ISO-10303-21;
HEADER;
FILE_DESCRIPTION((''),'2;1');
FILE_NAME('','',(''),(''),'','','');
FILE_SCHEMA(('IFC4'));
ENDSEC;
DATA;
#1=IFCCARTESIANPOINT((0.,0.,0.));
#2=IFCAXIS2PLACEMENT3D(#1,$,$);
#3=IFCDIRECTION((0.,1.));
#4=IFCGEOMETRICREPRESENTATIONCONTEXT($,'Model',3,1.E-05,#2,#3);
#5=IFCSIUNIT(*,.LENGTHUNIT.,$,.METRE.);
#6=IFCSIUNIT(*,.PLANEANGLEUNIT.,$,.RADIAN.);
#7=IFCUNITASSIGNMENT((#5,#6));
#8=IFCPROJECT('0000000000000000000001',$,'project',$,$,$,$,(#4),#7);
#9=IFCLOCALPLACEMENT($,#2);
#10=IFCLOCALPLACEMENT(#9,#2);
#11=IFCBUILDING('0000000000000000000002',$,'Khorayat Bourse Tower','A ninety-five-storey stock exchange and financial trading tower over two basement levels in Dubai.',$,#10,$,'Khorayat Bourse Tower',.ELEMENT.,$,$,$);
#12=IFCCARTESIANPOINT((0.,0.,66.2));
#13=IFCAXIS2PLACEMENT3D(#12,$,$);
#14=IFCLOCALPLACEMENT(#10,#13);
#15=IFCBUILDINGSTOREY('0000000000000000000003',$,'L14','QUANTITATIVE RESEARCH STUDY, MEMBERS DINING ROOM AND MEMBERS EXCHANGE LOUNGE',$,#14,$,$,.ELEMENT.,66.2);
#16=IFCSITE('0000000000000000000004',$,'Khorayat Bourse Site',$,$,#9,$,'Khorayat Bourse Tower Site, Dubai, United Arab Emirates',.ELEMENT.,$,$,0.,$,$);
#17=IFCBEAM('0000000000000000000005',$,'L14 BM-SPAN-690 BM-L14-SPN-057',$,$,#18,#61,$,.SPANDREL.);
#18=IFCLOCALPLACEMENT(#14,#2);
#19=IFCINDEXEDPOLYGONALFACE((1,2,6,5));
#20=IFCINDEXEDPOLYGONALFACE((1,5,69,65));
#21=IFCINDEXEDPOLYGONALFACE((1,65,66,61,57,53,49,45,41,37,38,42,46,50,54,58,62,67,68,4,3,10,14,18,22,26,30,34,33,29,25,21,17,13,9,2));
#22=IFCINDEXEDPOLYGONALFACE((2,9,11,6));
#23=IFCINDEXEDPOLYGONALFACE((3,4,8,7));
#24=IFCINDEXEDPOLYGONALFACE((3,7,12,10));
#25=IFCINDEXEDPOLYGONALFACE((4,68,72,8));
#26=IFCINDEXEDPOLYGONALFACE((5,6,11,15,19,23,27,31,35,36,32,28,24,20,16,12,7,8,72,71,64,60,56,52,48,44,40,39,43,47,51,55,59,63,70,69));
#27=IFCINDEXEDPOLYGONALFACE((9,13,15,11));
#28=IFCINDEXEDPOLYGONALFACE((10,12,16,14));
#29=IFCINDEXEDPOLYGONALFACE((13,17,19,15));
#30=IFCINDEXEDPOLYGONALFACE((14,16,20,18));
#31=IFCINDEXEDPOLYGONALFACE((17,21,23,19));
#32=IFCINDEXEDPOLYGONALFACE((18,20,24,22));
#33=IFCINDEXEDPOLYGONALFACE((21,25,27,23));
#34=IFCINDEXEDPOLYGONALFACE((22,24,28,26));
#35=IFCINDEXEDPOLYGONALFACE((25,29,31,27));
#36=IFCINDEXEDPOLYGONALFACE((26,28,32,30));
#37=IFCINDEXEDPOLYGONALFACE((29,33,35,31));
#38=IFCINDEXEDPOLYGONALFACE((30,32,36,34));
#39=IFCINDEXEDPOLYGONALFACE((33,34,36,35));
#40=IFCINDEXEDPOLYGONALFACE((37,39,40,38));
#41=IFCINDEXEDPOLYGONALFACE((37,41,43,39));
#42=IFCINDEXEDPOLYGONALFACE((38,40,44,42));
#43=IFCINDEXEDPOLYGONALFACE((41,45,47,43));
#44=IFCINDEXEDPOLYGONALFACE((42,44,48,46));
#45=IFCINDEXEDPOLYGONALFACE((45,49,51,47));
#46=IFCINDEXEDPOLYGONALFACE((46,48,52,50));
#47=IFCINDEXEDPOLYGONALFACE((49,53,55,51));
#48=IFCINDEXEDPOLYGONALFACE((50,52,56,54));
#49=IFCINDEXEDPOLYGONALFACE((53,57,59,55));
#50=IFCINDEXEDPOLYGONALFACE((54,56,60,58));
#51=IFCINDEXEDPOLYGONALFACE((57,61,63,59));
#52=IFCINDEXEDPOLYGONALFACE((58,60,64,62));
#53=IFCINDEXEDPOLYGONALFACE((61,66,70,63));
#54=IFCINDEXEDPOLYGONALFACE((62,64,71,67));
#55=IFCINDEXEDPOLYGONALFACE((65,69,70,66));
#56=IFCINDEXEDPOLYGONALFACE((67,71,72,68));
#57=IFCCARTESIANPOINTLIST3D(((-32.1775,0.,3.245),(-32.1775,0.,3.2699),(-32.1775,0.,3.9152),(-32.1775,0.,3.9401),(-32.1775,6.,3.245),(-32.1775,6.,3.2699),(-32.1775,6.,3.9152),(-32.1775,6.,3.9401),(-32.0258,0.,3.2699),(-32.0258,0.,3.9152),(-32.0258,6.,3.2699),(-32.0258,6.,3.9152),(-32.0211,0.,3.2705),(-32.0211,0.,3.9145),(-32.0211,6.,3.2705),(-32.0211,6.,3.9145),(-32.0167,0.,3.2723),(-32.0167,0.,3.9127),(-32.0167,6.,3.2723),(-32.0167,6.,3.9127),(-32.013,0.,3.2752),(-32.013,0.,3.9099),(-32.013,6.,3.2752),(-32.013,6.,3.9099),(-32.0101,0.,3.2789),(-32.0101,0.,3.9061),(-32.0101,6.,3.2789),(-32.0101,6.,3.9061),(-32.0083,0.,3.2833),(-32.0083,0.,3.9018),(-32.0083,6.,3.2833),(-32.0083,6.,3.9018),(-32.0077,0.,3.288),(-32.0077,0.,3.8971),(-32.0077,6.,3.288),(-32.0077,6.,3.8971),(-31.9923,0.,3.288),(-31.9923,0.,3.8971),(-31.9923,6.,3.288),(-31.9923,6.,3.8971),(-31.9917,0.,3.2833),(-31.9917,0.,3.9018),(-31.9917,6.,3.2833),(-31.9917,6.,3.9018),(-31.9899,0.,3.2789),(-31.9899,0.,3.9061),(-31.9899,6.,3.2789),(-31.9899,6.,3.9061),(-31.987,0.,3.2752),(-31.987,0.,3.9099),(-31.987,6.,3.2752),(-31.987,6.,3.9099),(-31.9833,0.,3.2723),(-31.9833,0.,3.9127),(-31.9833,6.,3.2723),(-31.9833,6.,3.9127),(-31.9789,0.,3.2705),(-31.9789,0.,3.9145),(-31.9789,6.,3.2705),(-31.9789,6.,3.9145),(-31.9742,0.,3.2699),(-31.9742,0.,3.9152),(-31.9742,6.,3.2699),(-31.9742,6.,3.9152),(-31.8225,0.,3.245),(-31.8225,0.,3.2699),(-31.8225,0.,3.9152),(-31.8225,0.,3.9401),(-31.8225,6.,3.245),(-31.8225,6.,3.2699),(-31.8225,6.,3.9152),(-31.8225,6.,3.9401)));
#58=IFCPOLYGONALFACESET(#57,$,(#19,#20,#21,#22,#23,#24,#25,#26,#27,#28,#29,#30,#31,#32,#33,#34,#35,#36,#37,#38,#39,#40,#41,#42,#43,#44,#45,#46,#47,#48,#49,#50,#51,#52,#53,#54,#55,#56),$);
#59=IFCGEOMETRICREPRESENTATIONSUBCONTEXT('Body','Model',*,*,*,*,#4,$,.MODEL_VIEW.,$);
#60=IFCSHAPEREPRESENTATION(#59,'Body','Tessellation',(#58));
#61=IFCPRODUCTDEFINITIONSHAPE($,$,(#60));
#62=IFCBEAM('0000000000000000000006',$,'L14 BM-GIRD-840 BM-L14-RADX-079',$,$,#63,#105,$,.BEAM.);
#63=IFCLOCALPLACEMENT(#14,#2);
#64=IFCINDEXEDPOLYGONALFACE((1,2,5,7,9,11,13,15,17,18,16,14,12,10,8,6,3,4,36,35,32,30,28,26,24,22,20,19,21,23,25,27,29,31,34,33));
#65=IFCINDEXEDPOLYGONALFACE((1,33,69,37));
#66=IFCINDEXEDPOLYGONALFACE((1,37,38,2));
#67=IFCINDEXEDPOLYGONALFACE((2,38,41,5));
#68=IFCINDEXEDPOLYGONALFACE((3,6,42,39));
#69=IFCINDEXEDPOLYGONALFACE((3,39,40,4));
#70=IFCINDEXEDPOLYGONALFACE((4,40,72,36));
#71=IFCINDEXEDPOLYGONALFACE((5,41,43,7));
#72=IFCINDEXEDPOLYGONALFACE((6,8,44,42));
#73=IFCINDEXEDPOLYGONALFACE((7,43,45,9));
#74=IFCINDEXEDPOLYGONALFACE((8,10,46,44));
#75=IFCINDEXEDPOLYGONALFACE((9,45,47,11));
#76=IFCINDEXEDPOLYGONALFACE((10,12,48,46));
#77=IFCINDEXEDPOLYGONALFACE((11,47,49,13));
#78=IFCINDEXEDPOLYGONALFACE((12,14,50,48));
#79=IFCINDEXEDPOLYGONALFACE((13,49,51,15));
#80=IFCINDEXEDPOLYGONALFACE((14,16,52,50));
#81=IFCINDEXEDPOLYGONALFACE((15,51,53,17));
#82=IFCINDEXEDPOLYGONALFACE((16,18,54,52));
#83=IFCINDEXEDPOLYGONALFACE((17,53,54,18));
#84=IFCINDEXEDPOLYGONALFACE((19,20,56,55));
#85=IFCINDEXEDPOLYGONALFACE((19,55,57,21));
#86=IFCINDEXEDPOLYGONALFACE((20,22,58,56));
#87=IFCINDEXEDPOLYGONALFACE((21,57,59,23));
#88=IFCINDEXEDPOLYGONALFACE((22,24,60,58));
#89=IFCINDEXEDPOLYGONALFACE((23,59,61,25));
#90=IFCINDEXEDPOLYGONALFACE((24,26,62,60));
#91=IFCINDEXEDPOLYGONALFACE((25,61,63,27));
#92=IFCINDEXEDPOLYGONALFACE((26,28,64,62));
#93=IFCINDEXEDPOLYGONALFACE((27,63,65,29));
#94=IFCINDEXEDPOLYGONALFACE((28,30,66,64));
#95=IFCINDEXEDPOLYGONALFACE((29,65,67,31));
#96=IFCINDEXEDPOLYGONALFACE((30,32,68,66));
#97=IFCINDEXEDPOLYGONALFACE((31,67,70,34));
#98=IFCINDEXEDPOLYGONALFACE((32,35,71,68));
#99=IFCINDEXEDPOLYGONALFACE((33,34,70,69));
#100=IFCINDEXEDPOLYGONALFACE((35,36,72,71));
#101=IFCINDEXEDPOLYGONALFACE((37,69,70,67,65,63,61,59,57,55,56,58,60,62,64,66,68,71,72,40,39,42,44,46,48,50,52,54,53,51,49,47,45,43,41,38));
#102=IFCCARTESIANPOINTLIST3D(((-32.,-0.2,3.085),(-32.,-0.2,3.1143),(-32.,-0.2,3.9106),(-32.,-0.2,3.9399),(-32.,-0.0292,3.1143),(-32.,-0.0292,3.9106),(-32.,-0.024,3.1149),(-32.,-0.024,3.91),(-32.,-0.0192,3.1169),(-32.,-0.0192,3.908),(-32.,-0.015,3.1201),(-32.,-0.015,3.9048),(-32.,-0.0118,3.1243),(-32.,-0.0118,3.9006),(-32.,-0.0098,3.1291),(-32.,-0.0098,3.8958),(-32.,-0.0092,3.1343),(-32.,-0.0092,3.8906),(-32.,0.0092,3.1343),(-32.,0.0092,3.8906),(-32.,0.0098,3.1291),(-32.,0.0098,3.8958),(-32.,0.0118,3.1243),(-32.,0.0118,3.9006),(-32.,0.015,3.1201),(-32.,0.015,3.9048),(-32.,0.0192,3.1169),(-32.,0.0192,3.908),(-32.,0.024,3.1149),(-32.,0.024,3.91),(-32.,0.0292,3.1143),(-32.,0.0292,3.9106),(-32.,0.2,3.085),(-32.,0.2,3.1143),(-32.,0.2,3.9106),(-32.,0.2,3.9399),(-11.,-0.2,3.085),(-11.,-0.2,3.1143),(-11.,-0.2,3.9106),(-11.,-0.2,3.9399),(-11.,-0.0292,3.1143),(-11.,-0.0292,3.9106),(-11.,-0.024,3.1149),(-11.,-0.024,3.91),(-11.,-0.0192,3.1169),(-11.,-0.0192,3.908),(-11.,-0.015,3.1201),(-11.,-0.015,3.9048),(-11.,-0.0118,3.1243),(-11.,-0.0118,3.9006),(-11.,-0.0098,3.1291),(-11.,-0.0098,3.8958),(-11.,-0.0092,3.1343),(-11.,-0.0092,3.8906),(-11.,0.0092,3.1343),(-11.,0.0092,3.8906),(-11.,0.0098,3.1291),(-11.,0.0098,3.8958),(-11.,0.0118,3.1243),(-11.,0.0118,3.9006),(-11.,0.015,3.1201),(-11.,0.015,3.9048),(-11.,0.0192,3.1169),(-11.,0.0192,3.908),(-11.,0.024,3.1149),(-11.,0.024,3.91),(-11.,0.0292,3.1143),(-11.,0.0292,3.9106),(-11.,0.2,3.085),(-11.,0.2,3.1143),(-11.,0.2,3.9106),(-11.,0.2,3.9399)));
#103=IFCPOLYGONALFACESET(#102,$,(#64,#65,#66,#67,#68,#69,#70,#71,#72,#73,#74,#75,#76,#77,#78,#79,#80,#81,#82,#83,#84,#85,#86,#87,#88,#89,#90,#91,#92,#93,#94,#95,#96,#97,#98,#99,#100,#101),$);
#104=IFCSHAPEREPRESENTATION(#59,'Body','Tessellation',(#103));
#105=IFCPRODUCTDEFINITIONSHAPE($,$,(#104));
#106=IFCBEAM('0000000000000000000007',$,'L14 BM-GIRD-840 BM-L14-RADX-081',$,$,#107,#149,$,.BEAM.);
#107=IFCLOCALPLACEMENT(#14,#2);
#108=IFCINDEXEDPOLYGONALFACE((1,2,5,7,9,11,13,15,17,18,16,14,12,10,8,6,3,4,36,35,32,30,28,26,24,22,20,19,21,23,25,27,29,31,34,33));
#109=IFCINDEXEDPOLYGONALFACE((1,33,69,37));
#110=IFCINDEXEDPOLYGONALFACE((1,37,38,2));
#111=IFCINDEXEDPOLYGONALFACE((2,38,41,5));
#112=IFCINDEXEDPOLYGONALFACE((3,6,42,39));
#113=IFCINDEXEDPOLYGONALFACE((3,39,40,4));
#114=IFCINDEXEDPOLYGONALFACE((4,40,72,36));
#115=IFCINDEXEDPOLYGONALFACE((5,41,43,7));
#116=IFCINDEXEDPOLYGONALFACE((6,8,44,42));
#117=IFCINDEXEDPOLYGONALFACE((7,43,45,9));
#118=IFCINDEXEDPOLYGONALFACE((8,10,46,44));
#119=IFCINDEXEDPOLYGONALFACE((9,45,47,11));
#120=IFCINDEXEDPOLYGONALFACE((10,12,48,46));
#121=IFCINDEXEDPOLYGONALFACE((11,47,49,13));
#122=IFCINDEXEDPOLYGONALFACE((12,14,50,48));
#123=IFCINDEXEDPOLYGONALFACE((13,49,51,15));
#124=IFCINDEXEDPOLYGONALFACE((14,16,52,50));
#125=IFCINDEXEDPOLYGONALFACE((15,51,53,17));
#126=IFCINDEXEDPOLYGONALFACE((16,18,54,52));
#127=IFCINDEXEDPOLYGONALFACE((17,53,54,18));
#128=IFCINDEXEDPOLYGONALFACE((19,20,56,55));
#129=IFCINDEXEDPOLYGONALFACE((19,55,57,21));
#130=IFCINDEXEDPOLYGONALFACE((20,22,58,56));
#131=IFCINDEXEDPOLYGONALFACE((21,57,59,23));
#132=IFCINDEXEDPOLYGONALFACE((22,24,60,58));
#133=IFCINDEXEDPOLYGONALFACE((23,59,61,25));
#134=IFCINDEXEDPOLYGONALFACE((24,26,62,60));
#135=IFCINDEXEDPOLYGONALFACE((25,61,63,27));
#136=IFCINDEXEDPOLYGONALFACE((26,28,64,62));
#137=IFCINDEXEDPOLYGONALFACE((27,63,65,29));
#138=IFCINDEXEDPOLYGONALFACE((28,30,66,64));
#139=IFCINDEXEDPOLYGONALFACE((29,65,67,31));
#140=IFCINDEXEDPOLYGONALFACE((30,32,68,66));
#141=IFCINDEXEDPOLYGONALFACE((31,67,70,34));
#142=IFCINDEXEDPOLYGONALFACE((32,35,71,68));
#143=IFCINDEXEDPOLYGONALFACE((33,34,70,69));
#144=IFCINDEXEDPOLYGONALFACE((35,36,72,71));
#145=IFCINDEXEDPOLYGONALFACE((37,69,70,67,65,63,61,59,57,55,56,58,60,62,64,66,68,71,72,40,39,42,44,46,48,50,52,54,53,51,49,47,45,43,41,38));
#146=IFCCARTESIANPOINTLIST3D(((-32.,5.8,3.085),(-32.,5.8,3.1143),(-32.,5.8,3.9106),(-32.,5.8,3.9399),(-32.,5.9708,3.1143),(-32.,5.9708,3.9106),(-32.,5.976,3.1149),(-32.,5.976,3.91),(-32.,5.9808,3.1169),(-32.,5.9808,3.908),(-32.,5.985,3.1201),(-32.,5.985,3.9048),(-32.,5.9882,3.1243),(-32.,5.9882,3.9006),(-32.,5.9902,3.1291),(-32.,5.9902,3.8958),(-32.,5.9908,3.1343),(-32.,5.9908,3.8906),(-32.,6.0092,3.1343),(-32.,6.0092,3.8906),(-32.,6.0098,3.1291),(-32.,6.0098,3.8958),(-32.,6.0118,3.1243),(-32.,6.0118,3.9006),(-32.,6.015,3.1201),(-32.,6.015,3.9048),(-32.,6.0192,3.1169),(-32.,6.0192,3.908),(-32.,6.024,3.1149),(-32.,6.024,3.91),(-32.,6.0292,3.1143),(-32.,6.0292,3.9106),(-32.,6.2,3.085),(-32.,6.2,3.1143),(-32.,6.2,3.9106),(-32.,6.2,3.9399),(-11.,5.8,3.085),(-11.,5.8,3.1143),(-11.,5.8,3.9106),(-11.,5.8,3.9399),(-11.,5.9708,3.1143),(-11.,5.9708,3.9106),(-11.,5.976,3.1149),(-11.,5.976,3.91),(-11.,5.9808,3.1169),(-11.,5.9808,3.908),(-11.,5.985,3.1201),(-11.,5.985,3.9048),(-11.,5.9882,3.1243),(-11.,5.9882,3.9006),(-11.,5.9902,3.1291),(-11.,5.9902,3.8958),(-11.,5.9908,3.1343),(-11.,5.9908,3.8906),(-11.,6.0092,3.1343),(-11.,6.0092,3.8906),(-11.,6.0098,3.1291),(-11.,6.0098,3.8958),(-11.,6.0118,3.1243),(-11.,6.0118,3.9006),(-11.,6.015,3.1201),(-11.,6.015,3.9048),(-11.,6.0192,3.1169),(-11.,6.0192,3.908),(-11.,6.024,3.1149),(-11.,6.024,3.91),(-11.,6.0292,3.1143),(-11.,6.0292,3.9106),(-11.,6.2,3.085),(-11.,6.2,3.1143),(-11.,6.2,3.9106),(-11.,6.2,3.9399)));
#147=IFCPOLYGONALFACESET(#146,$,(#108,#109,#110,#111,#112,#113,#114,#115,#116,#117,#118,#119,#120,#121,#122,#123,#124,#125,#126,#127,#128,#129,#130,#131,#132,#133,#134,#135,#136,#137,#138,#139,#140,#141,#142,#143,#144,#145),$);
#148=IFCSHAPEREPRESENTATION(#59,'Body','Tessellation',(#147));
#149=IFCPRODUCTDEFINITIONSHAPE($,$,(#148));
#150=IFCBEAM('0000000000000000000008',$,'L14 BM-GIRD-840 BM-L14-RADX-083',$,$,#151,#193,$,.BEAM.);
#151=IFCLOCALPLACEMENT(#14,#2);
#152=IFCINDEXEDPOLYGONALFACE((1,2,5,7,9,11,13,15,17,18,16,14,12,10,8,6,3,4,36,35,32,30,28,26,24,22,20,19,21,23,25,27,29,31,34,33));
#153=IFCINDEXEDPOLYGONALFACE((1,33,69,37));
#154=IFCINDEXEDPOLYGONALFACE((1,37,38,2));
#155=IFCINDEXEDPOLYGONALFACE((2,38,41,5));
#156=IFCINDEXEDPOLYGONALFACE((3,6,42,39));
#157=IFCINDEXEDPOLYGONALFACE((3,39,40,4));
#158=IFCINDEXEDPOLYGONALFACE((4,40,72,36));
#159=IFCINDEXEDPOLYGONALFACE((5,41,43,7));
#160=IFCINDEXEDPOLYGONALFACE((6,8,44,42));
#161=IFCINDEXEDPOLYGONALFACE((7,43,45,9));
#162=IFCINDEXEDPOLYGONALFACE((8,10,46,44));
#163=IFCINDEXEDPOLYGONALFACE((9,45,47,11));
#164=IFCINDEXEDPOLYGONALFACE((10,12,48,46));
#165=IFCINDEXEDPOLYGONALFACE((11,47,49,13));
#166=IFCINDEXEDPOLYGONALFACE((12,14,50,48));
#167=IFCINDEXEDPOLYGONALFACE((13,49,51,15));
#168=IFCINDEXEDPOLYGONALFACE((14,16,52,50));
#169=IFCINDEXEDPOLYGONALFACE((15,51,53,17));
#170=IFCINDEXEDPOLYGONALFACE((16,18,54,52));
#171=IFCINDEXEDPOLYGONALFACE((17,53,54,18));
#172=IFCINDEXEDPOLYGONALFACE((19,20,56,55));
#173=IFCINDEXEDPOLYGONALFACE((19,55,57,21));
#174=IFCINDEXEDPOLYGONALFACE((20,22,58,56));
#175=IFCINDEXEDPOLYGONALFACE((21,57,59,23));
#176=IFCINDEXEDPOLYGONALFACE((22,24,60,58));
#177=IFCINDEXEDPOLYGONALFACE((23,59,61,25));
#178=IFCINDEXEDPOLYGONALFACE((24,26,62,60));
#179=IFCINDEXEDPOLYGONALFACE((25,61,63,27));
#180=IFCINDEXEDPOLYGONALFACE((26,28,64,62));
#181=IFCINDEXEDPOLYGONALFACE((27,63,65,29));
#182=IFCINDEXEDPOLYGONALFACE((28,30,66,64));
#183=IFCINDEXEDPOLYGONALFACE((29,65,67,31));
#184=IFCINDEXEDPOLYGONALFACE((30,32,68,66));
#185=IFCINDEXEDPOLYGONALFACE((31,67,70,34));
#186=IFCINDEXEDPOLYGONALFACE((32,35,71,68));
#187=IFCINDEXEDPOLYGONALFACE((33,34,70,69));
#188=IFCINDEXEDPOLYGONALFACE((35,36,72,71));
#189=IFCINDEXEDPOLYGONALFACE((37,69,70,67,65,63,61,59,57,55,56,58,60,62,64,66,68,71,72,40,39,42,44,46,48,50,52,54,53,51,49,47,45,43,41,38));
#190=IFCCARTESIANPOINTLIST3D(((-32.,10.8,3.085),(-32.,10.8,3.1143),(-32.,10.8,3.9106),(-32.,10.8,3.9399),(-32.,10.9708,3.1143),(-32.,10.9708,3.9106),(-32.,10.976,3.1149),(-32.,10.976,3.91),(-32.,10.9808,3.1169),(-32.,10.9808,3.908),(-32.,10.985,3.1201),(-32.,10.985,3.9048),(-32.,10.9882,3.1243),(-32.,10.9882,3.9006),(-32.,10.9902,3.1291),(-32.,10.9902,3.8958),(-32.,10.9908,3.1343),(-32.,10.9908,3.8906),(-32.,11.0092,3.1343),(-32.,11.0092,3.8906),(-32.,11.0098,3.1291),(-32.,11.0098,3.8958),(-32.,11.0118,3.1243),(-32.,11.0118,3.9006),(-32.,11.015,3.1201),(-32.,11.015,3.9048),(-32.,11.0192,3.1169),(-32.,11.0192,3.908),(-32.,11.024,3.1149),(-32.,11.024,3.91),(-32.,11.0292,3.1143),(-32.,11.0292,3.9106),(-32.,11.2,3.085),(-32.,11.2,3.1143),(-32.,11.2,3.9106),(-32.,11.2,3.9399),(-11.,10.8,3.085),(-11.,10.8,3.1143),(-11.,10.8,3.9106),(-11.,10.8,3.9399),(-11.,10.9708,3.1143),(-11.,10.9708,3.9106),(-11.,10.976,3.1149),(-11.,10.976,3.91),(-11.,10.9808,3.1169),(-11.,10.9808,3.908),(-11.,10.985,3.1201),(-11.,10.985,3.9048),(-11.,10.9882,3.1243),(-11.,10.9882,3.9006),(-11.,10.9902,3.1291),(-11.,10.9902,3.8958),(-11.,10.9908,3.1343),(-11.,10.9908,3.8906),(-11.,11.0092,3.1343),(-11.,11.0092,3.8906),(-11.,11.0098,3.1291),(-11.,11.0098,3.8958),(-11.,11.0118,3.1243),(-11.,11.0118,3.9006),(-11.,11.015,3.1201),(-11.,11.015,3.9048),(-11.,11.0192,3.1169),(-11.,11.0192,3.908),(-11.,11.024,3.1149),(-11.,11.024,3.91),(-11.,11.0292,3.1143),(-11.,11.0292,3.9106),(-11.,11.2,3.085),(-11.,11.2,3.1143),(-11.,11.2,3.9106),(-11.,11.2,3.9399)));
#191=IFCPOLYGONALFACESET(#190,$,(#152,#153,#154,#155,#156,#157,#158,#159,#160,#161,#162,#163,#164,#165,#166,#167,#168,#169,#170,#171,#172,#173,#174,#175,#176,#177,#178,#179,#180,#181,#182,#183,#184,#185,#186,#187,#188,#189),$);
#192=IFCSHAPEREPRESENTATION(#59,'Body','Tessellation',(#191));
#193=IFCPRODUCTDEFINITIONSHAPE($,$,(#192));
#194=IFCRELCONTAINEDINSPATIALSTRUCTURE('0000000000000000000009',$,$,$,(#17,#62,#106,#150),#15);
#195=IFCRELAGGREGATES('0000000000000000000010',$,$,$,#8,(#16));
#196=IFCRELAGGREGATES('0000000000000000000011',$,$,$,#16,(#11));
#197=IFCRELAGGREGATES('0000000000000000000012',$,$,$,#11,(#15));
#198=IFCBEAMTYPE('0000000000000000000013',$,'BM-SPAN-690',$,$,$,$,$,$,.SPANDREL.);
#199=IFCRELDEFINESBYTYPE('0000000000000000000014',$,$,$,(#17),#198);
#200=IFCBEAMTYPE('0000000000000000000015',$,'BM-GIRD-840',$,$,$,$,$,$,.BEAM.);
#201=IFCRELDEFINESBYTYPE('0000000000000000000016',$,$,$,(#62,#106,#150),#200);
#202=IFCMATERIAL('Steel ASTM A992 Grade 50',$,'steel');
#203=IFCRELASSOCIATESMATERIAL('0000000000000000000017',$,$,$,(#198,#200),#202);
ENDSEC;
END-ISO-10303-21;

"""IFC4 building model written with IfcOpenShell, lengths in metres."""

from ifc_helpers import new_model, si_unit, direction, frame, origin, origin_2d, place, context, subcontext, project, spatial, i_section, extrude, source, transform, mapped, material, material_profile, profile_set, type_object, element, save


model = new_model("IFC4")

# Units and contexts
model_context = context("Model", 3, precision=1e-05, world=origin(), true_north=direction((0.0, 1.0)))
body_context = subcontext(model_context, "Body", "Model", "MODEL_VIEW")
ifc_project = project(units=[si_unit("LENGTHUNIT", "METRE"), si_unit("PLANEANGLEUNIT", "RADIAN")], contexts=[model_context])

# Site, building, storey
site_placement = place(None, origin())
site = spatial("IfcSite", under=ifc_project, at=site_placement, Name="Khorayat Bourse Site", LongName="Khorayat Bourse Tower Site, Dubai, United Arab Emirates", CompositionType="ELEMENT", RefElevation=0.0)
building_placement = place(site_placement, origin())
building = spatial("IfcBuilding", under=site, at=building_placement, Name="Khorayat Bourse Tower", Description="A ninety-five-storey stock exchange and financial trading tower over two basement levels in Dubai.", LongName="Khorayat Bourse Tower", CompositionType="ELEMENT")
storey_placement = place(building_placement, frame((0.0, 0.0, 66.2)))
storey = spatial("IfcBuildingStorey", under=building, at=storey_placement, Name="L14", Description="QUANTITATIVE RESEARCH STUDY, MEMBERS DINING ROOM AND MEMBERS EXCHANGE LOUNGE", CompositionType="ELEMENT", Elevation=66.2)

# Beams
ifc_material_1 = material(Name="Steel ASTM A992 Grade 50", Category="steel")
ifc_material_profile_1 = material_profile(ifc_material_1, i_section(OverallWidth=0.355, OverallDepth=0.6951, WebThickness=0.0154, FlangeThickness=0.0249, FilletRadius=0.0181, at=origin_2d()), Name="W690X217")
ifc_profile_set_1 = profile_set([ifc_material_profile_1], Name="Steel ASTM A992 Grade 50")
beam_type_1 = type_object("IfcBeamType", Name="BM-SPAN-690", PredefinedType="SPANDREL", material=ifc_profile_set_1)
shared_shape_1 = source(origin(), body_context, "Body", "SweptSolid", [
    extrude(i_section(OverallWidth=0.355, OverallDepth=0.6951, WebThickness=0.0154, FlangeThickness=0.0249, FilletRadius=0.0181, at=origin_2d()), origin(), (0.0, 0.0, 1.0), 6.0),
])
beam_1_placement = place(storey_placement, frame((-32.0, 0.0, 3.5925), z_axis=(0.0, 1.0, 0.0), x_axis=(-1.0, 0.0, 0.0)))
element("IfcBeam", 1, at=beam_1_placement, inside=storey, type_object=beam_type_1, Name="L14 BM-SPAN-690 BM-L14-SPN-057", PredefinedType="SPANDREL", context=body_context, shape_type="MappedRepresentation", body=[
    mapped(shared_shape_1, transform((0.0, 0.0, 0.0), scale=1.0)),
])
ifc_material_profile_2 = material_profile(ifc_material_1, i_section(OverallWidth=0.3999, OverallDepth=0.855, WebThickness=0.0183, FlangeThickness=0.0293, FilletRadius=0.02, at=origin_2d()), Name="W840X299")
ifc_profile_set_2 = profile_set([ifc_material_profile_2], Name="Steel ASTM A992 Grade 50")
beam_type_2 = type_object("IfcBeamType", Name="BM-GIRD-840", PredefinedType="BEAM", material=ifc_profile_set_2)
shared_shape_2 = source(origin(), body_context, "Body", "SweptSolid", [
    extrude(i_section(OverallWidth=0.3999, OverallDepth=0.855, WebThickness=0.0183, FlangeThickness=0.0293, FilletRadius=0.02, at=origin_2d()), origin(), (0.0, 0.0, 1.0), 21.0),
])
for number, where, z_axis, x_axis, name in (
    (2, (-32.0, 0.0, 3.5125), (1.0, 0.0, 0.0), (0.0, 1.0, 0.0), "L14 BM-GIRD-840 BM-L14-RADX-079"),
    (3, (-32.0, 6.0, 3.5125), (1.0, 0.0, 0.0), (0.0, 1.0, 0.0), "L14 BM-GIRD-840 BM-L14-RADX-081"),
    (4, (-32.0, 11.0, 3.5125), (1.0, 0.0, 0.0), (0.0, 1.0, 0.0), "L14 BM-GIRD-840 BM-L14-RADX-083"),
):
    element("IfcBeam", number, at=place(storey_placement, frame(where, z_axis=z_axis, x_axis=x_axis)), inside=storey, type_object=beam_type_2, Name=name, PredefinedType="BEAM", context=body_context, shape_type="MappedRepresentation", body=[
        mapped(shared_shape_2, transform((0.0, 0.0, 0.0), scale=1.0)),
    ])

save(model, "model.ifc")
